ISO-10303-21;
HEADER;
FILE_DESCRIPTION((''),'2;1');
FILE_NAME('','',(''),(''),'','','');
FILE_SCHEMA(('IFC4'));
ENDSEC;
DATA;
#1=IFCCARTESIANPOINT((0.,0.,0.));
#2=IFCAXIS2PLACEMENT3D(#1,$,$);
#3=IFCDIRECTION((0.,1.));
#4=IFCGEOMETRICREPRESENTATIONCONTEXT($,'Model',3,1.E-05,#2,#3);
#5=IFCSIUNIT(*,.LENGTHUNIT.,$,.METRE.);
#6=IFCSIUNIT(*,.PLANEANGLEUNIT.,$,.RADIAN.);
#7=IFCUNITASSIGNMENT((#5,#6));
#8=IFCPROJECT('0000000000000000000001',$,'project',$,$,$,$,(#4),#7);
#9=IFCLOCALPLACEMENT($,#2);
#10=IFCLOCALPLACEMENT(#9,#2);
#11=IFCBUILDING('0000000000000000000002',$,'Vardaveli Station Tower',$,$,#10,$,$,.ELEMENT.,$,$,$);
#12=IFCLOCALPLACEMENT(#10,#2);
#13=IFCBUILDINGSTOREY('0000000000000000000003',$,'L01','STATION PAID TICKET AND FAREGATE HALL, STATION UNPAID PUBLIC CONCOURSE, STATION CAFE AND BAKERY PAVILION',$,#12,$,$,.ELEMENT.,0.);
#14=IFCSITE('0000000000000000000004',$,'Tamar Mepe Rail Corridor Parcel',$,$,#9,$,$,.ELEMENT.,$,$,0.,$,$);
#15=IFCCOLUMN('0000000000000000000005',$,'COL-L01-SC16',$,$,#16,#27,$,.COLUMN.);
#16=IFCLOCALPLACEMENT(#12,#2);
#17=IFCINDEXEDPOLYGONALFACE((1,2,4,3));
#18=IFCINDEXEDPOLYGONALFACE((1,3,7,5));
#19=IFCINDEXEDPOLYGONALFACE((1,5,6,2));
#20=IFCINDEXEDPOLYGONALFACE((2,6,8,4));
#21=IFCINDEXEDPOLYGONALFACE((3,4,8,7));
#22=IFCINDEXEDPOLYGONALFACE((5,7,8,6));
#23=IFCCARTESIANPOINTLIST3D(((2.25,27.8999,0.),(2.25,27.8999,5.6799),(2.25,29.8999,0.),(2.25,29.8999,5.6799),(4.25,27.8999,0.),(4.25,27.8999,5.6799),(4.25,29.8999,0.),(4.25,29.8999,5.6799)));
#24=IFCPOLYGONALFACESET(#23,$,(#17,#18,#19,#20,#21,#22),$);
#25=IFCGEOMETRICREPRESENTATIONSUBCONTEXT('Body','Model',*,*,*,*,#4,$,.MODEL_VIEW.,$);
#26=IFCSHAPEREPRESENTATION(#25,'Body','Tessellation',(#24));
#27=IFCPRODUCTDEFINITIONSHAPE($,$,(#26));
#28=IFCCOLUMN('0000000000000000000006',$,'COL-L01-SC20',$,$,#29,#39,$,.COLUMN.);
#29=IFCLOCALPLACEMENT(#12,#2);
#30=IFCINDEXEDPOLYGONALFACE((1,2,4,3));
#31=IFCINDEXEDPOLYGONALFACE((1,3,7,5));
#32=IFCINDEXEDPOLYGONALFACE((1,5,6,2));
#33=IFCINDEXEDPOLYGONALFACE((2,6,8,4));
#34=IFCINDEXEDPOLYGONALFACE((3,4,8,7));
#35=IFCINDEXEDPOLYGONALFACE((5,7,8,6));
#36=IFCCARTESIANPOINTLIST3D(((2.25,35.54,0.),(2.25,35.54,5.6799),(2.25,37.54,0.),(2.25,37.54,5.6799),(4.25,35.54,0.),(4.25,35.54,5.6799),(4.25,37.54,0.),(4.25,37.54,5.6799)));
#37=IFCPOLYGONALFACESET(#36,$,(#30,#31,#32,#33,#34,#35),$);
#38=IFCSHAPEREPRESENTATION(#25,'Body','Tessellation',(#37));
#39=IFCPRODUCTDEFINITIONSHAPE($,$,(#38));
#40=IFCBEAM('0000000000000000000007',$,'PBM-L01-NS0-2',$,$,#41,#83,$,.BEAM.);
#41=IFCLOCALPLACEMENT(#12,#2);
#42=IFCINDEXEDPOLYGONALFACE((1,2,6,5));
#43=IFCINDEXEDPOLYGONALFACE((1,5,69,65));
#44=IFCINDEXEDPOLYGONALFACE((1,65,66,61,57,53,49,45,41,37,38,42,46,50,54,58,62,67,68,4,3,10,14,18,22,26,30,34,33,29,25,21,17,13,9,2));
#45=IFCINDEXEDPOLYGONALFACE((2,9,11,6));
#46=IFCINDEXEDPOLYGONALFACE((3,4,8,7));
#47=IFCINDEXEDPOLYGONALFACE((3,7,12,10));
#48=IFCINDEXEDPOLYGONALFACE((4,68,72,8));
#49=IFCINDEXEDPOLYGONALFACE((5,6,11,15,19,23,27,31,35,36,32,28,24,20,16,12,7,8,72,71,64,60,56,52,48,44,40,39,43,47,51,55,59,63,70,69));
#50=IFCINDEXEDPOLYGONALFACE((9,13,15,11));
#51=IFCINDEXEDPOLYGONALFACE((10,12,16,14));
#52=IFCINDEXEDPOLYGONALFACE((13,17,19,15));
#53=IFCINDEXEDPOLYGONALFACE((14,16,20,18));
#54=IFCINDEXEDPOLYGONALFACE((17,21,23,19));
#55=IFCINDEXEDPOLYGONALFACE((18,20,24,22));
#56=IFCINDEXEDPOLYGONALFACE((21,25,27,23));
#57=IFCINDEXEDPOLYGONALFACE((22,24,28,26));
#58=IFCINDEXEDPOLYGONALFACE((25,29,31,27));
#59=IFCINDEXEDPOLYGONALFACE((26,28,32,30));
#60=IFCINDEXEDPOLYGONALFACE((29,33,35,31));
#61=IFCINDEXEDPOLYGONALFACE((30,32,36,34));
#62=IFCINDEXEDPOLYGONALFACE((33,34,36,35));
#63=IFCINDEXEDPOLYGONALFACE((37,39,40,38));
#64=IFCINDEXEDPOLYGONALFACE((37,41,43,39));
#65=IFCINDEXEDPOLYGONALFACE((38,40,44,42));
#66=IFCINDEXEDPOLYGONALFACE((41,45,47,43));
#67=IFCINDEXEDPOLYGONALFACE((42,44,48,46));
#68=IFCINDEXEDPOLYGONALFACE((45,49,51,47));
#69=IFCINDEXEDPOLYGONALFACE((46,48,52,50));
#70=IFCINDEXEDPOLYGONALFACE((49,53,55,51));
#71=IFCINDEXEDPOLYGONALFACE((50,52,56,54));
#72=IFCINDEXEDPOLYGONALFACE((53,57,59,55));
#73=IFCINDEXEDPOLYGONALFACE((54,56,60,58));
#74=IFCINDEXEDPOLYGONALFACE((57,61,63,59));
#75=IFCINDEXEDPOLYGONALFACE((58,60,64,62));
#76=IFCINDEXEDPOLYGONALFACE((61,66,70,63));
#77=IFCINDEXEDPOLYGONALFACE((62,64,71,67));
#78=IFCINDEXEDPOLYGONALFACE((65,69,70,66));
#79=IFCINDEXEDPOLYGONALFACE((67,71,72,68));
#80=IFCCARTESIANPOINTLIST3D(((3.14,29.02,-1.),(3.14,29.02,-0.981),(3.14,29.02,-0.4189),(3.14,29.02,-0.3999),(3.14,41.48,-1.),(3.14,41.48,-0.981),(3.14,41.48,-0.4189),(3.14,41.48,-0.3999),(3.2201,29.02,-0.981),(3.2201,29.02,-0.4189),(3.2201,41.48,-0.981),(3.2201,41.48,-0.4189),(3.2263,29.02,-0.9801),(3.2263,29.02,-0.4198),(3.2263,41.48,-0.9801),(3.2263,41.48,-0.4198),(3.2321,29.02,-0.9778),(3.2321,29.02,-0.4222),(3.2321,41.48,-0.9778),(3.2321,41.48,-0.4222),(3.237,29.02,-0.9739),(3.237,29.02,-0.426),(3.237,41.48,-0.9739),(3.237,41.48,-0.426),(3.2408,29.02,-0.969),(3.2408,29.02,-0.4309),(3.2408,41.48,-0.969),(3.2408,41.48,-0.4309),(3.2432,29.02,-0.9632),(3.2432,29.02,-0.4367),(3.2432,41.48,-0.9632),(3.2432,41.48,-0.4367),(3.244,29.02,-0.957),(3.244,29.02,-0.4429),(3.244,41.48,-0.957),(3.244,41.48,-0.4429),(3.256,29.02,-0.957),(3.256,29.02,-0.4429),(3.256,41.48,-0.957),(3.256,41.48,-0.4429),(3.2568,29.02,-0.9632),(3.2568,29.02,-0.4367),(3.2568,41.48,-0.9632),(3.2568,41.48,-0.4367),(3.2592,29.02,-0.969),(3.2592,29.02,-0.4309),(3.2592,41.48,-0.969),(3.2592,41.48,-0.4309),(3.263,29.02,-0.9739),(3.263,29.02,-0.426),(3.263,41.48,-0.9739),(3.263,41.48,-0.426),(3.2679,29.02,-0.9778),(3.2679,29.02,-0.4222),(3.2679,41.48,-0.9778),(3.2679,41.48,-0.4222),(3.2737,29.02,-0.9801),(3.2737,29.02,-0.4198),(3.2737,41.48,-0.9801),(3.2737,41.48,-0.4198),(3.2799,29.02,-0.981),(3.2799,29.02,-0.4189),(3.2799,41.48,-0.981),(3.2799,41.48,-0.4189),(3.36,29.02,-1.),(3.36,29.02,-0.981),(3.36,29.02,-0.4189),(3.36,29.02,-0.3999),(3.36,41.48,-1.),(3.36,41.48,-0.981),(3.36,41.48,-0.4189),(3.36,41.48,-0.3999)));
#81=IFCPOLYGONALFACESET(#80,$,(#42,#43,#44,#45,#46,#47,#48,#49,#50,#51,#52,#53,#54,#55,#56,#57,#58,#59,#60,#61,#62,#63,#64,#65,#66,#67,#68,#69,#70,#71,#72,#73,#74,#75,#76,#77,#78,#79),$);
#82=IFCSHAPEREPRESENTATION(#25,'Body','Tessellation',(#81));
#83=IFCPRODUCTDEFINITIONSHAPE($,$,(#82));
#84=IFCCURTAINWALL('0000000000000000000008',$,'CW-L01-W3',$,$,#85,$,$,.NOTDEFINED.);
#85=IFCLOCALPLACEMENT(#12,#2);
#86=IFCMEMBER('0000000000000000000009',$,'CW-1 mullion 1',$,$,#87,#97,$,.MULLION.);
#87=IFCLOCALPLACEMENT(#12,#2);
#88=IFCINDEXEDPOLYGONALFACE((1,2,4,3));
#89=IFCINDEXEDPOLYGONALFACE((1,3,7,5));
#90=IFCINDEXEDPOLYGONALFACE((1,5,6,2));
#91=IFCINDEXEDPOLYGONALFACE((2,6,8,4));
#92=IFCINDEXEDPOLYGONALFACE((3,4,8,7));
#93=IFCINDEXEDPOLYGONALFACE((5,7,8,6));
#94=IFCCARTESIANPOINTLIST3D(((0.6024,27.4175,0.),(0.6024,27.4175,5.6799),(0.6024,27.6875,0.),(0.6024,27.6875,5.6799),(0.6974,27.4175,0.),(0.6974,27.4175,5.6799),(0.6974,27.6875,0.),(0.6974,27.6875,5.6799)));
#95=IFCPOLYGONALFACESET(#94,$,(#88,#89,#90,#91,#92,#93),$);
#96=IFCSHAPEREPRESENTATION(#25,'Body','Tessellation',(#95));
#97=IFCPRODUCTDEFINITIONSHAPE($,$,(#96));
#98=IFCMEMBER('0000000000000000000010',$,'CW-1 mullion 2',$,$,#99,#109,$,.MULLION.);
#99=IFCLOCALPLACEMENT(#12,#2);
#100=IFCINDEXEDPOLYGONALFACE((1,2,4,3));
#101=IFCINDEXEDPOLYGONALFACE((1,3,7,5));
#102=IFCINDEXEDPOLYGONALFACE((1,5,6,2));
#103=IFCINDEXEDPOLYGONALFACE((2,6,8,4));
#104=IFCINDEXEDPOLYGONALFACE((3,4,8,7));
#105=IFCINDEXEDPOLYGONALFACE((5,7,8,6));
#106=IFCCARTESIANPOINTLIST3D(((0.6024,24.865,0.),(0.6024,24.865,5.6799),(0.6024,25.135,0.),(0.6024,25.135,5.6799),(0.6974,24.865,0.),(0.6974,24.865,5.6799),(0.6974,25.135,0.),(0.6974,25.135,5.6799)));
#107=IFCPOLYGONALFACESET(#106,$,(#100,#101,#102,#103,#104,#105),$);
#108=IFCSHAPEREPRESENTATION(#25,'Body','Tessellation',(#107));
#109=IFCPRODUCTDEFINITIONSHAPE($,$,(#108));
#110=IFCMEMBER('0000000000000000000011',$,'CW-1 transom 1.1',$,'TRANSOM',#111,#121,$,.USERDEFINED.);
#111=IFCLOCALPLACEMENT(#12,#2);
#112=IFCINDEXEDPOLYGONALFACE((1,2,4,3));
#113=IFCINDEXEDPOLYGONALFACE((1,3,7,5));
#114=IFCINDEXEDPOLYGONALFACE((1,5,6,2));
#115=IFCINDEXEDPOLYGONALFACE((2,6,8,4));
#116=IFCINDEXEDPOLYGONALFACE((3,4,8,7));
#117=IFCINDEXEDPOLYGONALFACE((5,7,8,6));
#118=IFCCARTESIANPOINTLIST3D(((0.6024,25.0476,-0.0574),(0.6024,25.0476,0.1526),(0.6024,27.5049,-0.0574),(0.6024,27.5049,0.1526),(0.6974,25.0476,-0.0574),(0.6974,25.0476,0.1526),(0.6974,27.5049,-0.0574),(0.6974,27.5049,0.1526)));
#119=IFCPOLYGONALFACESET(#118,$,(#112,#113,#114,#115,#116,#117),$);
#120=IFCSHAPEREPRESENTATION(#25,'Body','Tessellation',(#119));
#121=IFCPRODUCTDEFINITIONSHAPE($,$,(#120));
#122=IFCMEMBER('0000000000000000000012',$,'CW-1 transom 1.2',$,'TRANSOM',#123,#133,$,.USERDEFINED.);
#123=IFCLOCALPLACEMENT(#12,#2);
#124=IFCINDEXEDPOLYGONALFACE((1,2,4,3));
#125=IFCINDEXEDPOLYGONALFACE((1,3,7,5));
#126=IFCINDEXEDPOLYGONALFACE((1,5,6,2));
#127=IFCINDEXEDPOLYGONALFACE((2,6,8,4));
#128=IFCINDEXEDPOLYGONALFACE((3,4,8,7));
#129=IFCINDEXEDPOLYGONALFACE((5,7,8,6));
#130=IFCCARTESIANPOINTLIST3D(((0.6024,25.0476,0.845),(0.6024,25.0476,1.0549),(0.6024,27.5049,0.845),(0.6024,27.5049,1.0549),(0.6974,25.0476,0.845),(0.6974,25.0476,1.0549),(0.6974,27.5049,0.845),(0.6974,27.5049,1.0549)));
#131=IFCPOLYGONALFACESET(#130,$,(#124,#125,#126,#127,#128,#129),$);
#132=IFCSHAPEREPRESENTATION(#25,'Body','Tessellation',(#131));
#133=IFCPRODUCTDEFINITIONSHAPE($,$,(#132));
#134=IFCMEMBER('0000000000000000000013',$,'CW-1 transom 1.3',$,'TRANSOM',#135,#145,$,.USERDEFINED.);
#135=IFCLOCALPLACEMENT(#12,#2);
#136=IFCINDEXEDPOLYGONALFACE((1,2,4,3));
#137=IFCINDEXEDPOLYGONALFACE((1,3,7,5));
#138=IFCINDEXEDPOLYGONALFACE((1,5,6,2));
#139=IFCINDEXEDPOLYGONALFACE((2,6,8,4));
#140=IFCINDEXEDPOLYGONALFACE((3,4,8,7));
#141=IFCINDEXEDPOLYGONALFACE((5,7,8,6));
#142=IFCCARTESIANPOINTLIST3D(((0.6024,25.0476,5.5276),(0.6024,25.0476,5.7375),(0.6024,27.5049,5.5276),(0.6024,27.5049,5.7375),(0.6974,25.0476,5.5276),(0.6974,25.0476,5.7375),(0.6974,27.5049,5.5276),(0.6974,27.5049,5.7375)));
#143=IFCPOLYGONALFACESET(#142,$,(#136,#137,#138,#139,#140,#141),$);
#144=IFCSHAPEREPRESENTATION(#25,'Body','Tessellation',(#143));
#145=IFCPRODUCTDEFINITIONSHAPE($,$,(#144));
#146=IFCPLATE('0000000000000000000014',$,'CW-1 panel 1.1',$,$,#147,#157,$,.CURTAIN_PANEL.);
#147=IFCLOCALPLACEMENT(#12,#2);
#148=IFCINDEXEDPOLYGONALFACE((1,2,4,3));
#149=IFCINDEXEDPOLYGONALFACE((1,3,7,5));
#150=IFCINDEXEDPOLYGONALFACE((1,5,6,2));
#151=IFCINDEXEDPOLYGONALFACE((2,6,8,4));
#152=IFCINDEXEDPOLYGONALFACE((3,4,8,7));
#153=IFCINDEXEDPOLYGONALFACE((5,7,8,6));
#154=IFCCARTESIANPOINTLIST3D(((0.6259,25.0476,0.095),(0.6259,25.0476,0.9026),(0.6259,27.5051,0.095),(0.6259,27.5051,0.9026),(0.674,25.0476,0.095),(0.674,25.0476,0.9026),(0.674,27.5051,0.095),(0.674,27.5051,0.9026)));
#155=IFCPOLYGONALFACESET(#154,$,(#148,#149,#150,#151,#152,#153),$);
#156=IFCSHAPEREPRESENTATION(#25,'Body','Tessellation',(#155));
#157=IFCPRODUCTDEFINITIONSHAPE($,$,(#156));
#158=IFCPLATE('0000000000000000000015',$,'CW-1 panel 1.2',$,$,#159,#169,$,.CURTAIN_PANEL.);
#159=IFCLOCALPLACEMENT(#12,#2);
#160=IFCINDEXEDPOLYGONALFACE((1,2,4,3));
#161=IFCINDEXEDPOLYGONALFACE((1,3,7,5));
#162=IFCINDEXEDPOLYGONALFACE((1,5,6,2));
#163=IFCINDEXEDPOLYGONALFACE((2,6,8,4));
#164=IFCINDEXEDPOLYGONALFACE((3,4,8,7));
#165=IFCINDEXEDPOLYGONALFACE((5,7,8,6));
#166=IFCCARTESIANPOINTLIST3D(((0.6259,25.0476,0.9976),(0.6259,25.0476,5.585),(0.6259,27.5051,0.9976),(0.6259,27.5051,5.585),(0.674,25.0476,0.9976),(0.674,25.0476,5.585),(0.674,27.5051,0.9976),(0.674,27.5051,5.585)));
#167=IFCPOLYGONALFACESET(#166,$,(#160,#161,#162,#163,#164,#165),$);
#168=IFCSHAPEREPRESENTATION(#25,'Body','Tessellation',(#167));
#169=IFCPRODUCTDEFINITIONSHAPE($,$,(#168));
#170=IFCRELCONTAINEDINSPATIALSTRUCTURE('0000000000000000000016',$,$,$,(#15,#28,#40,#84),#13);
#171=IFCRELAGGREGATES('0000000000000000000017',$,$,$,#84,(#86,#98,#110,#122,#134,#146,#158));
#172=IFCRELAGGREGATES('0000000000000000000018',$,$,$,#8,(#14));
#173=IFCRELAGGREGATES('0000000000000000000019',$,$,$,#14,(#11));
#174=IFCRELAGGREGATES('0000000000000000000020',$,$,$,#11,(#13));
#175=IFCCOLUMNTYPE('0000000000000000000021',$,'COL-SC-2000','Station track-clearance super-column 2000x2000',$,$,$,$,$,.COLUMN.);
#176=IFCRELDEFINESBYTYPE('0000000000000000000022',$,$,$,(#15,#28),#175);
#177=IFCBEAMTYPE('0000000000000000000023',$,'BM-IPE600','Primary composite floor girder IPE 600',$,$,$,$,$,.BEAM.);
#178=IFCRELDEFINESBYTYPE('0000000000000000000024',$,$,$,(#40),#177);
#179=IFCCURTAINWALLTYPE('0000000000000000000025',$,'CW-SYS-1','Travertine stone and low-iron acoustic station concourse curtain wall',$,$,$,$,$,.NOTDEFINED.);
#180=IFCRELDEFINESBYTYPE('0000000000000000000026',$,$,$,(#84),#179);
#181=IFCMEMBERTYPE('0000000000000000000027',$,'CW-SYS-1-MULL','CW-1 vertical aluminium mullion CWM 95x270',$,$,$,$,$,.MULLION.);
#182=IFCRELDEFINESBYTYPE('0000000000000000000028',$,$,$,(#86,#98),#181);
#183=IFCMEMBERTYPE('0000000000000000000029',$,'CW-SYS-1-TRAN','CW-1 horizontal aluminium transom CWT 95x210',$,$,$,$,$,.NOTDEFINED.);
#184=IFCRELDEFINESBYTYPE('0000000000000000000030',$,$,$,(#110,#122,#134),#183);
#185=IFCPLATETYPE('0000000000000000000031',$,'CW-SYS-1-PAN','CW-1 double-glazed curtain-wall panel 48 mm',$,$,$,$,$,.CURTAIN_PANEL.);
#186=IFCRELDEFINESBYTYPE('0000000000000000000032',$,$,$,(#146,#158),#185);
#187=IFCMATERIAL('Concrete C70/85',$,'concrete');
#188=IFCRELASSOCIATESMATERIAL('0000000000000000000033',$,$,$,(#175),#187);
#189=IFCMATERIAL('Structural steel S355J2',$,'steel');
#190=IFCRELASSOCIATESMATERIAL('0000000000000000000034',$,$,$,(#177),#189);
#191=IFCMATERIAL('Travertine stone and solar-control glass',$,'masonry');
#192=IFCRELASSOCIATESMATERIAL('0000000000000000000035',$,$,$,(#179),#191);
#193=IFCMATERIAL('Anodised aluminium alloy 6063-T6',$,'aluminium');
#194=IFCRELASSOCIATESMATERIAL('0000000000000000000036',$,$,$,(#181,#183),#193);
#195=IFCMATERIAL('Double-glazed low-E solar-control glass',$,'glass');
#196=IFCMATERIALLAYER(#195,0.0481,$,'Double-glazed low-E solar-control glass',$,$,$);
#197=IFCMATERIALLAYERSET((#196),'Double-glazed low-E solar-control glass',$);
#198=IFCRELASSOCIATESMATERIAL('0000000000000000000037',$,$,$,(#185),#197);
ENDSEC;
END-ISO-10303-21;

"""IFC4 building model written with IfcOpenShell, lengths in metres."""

from ifc_helpers import new_model, si_unit, direction, frame, origin, origin_2d, place, context, subcontext, project, spatial, rectangle, i_section, extrude, source, transform, mapped, material, layer, layer_set, material_profile, profile_set, type_object, element, aggregate, save


model = new_model("IFC4")

# Units and contexts
model_context = context("Model", 3, precision=1e-05, world=origin(), true_north=direction((0.0, 1.0)))
body_context = subcontext(model_context, "Body", "Model", "MODEL_VIEW")
ifc_project = project(units=[si_unit("LENGTHUNIT", "METRE"), si_unit("PLANEANGLEUNIT", "RADIAN")], contexts=[model_context])

# Site, building, storey
site_placement = place(None, origin())
site = spatial("IfcSite", under=ifc_project, at=site_placement, Name="Tamar Mepe Rail Corridor Parcel", CompositionType="ELEMENT", RefElevation=0.0)
building_placement = place(site_placement, origin())
building = spatial("IfcBuilding", under=site, at=building_placement, Name="Vardaveli Station Tower", CompositionType="ELEMENT")
storey_placement = place(building_placement, origin())
storey = spatial("IfcBuildingStorey", under=building, at=storey_placement, Name="L01", Description="STATION PAID TICKET AND FAREGATE HALL, STATION UNPAID PUBLIC CONCOURSE, STATION CAFE AND BAKERY PAVILION", CompositionType="ELEMENT", Elevation=0.0)

# Columns
ifc_material_1 = material(Name="Concrete C70/85", Category="concrete")
ifc_material_profile_1 = material_profile(ifc_material_1, rectangle(XDim=2.0, YDim=2.0, at=origin_2d()), Name="SC 2000x2000")
ifc_profile_set_1 = profile_set([ifc_material_profile_1], Name="Concrete C70/85")
column_type = type_object("IfcColumnType", Name="COL-SC-2000", Description="Station track-clearance super-column 2000x2000", PredefinedType="COLUMN", material=ifc_profile_set_1)
shared_shape_1 = source(origin(), body_context, "Body", "SweptSolid", [
    extrude(rectangle(XDim=2.0, YDim=2.0, at=origin_2d()), origin(), (0.0, 0.0, 1.0), 5.6799),
])
for number, where, z_axis, x_axis, name in (
    (1, (3.25, 28.8999, 0.0), (0.0, 0.0, 1.0), (1.0, 0.0, 0.0), "COL-L01-SC16"),
    (2, (3.25, 36.54, 0.0), (0.0, 0.0, 1.0), (1.0, 0.0, 0.0), "COL-L01-SC20"),
):
    element("IfcColumn", number, at=place(storey_placement, frame(where, z_axis=z_axis, x_axis=x_axis)), inside=storey, type_object=column_type, Name=name, PredefinedType="COLUMN", context=body_context, shape_type="MappedRepresentation", body=[
        mapped(shared_shape_1, transform((0.0, 0.0, 0.0), scale=1.0)),
    ])

# Beam
ifc_material_2 = material(Name="Structural steel S355J2", Category="steel")
ifc_material_profile_2 = material_profile(ifc_material_2, i_section(OverallWidth=0.22, OverallDepth=0.6001, WebThickness=0.012, FlangeThickness=0.019, FilletRadius=0.0239, at=origin_2d()), Name="IPE 600")
ifc_profile_set_2 = profile_set([ifc_material_profile_2], Name="Structural steel S355J2")
beam_type = type_object("IfcBeamType", Name="BM-IPE600", Description="Primary composite floor girder IPE 600", PredefinedType="BEAM", material=ifc_profile_set_2)
shared_shape_2 = source(origin(), body_context, "Body", "SweptSolid", [
    extrude(i_section(OverallWidth=0.22, OverallDepth=0.6001, WebThickness=0.012, FlangeThickness=0.019, FilletRadius=0.0239, at=origin_2d()), origin(), (0.0, 0.0, 1.0), 12.46),
])
beam_placement = place(storey_placement, frame((3.25, 29.02, -0.7), z_axis=(0.0, 1.0, 0.0), x_axis=(-1.0, 0.0, 0.0)))
element("IfcBeam", 3, at=beam_placement, inside=storey, type_object=beam_type, Name="PBM-L01-NS0-2", PredefinedType="BEAM", context=body_context, shape_type="MappedRepresentation", body=[
    mapped(shared_shape_2, transform((0.0, 0.0, 0.0), scale=1.0)),
])

# Curtain wall, members, plates
ifc_material_3 = material(Name="Travertine stone and solar-control glass", Category="masonry")
curtain_wall_type = type_object("IfcCurtainWallType", Name="CW-SYS-1", Description="Travertine stone and low-iron acoustic station concourse curtain wall", PredefinedType="NOTDEFINED", material=ifc_material_3)
curtain_wall_placement = place(storey_placement, origin())
curtain_wall = element("IfcCurtainWall", 4, at=curtain_wall_placement, inside=storey, type_object=curtain_wall_type, Name="CW-L01-W3", PredefinedType="NOTDEFINED")
ifc_material_4 = material(Name="Anodised aluminium alloy 6063-T6", Category="aluminium")
ifc_material_profile_3 = material_profile(ifc_material_4, rectangle(XDim=0.095, YDim=0.27, at=origin_2d()), Name="CWM 95x270")
ifc_profile_set_3 = profile_set([ifc_material_profile_3], Name="Anodised aluminium alloy 6063-T6")
member_type_1 = type_object("IfcMemberType", Name="CW-SYS-1-MULL", Description="CW-1 vertical aluminium mullion CWM 95x270", PredefinedType="MULLION", material=ifc_profile_set_3)
shared_shape_3 = source(origin(), body_context, "Body", "SweptSolid", [
    extrude(rectangle(XDim=0.095, YDim=0.27, at=origin_2d()), origin(), (0.0, 0.0, 1.0), 5.6799),
])
member_1_placement = place(storey_placement, frame((0.6499, 27.5525, 0.0), z_axis=(0.0, 0.0, 1.0), x_axis=(1.0, 0.0, 0.0)))
member_1 = element("IfcMember", 5, at=member_1_placement, type_object=member_type_1, Name="CW-1 mullion 1", PredefinedType="MULLION", context=body_context, shape_type="MappedRepresentation", body=[
    mapped(shared_shape_3, transform((0.0, 0.0, 0.0), scale=1.0)),
])
member_2_placement = place(storey_placement, frame((0.6499, 25.0, 0.0), z_axis=(0.0, 0.0, 1.0), x_axis=(1.0, 0.0, 0.0)))
member_2 = element("IfcMember", 6, at=member_2_placement, type_object=member_type_1, Name="CW-1 mullion 2", PredefinedType="MULLION", context=body_context, shape_type="MappedRepresentation", body=[
    mapped(shared_shape_3, transform((0.0, 0.0, 0.0), scale=1.0)),
])
ifc_material_profile_4 = material_profile(ifc_material_4, rectangle(XDim=0.095, YDim=0.21, at=origin_2d()), Name="CWT 95x210")
ifc_profile_set_4 = profile_set([ifc_material_profile_4], Name="Anodised aluminium alloy 6063-T6")
member_type_2 = type_object("IfcMemberType", Name="CW-SYS-1-TRAN", Description="CW-1 horizontal aluminium transom CWT 95x210", PredefinedType="NOTDEFINED", material=ifc_profile_set_4)
shared_shape_4 = source(origin(), body_context, "Body", "SweptSolid", [
    extrude(rectangle(XDim=0.095, YDim=0.21, at=origin_2d()), origin(), (0.0, 0.0, 1.0), 2.4573),
])
member_3_placement = place(storey_placement, frame((0.6499, 27.5049, 0.0476), z_axis=(0.0, -1.0, 0.0), x_axis=(1.0, 0.0, 0.0)))
member_3 = element("IfcMember", 7, at=member_3_placement, type_object=member_type_2, Name="CW-1 transom 1.1", ObjectType="TRANSOM", PredefinedType="USERDEFINED", context=body_context, shape_type="MappedRepresentation", body=[
    mapped(shared_shape_4, transform((0.0, 0.0, 0.0), scale=1.0)),
])
member_4_placement = place(storey_placement, frame((0.6499, 27.5049, 0.95), z_axis=(0.0, -1.0, 0.0), x_axis=(1.0, 0.0, 0.0)))
member_4 = element("IfcMember", 8, at=member_4_placement, type_object=member_type_2, Name="CW-1 transom 1.2", ObjectType="TRANSOM", PredefinedType="USERDEFINED", context=body_context, shape_type="MappedRepresentation", body=[
    mapped(shared_shape_4, transform((0.0, 0.0, 0.0), scale=1.0)),
])
member_5_placement = place(storey_placement, frame((0.6499, 27.5049, 5.6326), z_axis=(0.0, -1.0, 0.0), x_axis=(1.0, 0.0, 0.0)))
member_5 = element("IfcMember", 9, at=member_5_placement, type_object=member_type_2, Name="CW-1 transom 1.3", ObjectType="TRANSOM", PredefinedType="USERDEFINED", context=body_context, shape_type="MappedRepresentation", body=[
    mapped(shared_shape_4, transform((0.0, 0.0, 0.0), scale=1.0)),
])
ifc_material_5 = material(Name="Double-glazed low-E solar-control glass", Category="glass")
ifc_layer_1 = layer(ifc_material_5, 0.0481, Name="Double-glazed low-E solar-control glass")
ifc_layer_set_1 = layer_set([ifc_layer_1], Name="Double-glazed low-E solar-control glass")
plate_type = type_object("IfcPlateType", Name="CW-SYS-1-PAN", Description="CW-1 double-glazed curtain-wall panel 48 mm", PredefinedType="CURTAIN_PANEL", material=ifc_layer_set_1)
shared_shape_5 = source(origin(), body_context, "Body", "SweptSolid", [
    extrude(rectangle(XDim=2.4575, YDim=0.0481, at=origin_2d()), origin(), (0.0, 0.0, 1.0), 0.8076),
])
plate_1_placement = place(storey_placement, frame((0.6499, 26.2764, 0.095), z_axis=(0.0, 0.0, 1.0), x_axis=(0.0, -1.0, 0.0)))
plate_1 = element("IfcPlate", 10, at=plate_1_placement, type_object=plate_type, Name="CW-1 panel 1.1", PredefinedType="CURTAIN_PANEL", context=body_context, shape_type="MappedRepresentation", body=[
    mapped(shared_shape_5, transform((0.0, 0.0, 0.0), scale=1.0)),
])
shared_shape_6 = source(origin(), body_context, "Body", "SweptSolid", [
    extrude(rectangle(XDim=2.4575, YDim=0.0481, at=origin_2d()), origin(), (0.0, 0.0, 1.0), 4.5874),
])
plate_2_placement = place(storey_placement, frame((0.6499, 26.2764, 0.9976), z_axis=(0.0, 0.0, 1.0), x_axis=(0.0, -1.0, 0.0)))
plate_2 = element("IfcPlate", 11, at=plate_2_placement, type_object=plate_type, Name="CW-1 panel 1.2", PredefinedType="CURTAIN_PANEL", context=body_context, shape_type="MappedRepresentation", body=[
    mapped(shared_shape_6, transform((0.0, 0.0, 0.0), scale=1.0)),
])
aggregate(curtain_wall, [member_1, member_2, member_3, member_4, member_5, plate_1, plate_2])

save(model, "model.ifc")
